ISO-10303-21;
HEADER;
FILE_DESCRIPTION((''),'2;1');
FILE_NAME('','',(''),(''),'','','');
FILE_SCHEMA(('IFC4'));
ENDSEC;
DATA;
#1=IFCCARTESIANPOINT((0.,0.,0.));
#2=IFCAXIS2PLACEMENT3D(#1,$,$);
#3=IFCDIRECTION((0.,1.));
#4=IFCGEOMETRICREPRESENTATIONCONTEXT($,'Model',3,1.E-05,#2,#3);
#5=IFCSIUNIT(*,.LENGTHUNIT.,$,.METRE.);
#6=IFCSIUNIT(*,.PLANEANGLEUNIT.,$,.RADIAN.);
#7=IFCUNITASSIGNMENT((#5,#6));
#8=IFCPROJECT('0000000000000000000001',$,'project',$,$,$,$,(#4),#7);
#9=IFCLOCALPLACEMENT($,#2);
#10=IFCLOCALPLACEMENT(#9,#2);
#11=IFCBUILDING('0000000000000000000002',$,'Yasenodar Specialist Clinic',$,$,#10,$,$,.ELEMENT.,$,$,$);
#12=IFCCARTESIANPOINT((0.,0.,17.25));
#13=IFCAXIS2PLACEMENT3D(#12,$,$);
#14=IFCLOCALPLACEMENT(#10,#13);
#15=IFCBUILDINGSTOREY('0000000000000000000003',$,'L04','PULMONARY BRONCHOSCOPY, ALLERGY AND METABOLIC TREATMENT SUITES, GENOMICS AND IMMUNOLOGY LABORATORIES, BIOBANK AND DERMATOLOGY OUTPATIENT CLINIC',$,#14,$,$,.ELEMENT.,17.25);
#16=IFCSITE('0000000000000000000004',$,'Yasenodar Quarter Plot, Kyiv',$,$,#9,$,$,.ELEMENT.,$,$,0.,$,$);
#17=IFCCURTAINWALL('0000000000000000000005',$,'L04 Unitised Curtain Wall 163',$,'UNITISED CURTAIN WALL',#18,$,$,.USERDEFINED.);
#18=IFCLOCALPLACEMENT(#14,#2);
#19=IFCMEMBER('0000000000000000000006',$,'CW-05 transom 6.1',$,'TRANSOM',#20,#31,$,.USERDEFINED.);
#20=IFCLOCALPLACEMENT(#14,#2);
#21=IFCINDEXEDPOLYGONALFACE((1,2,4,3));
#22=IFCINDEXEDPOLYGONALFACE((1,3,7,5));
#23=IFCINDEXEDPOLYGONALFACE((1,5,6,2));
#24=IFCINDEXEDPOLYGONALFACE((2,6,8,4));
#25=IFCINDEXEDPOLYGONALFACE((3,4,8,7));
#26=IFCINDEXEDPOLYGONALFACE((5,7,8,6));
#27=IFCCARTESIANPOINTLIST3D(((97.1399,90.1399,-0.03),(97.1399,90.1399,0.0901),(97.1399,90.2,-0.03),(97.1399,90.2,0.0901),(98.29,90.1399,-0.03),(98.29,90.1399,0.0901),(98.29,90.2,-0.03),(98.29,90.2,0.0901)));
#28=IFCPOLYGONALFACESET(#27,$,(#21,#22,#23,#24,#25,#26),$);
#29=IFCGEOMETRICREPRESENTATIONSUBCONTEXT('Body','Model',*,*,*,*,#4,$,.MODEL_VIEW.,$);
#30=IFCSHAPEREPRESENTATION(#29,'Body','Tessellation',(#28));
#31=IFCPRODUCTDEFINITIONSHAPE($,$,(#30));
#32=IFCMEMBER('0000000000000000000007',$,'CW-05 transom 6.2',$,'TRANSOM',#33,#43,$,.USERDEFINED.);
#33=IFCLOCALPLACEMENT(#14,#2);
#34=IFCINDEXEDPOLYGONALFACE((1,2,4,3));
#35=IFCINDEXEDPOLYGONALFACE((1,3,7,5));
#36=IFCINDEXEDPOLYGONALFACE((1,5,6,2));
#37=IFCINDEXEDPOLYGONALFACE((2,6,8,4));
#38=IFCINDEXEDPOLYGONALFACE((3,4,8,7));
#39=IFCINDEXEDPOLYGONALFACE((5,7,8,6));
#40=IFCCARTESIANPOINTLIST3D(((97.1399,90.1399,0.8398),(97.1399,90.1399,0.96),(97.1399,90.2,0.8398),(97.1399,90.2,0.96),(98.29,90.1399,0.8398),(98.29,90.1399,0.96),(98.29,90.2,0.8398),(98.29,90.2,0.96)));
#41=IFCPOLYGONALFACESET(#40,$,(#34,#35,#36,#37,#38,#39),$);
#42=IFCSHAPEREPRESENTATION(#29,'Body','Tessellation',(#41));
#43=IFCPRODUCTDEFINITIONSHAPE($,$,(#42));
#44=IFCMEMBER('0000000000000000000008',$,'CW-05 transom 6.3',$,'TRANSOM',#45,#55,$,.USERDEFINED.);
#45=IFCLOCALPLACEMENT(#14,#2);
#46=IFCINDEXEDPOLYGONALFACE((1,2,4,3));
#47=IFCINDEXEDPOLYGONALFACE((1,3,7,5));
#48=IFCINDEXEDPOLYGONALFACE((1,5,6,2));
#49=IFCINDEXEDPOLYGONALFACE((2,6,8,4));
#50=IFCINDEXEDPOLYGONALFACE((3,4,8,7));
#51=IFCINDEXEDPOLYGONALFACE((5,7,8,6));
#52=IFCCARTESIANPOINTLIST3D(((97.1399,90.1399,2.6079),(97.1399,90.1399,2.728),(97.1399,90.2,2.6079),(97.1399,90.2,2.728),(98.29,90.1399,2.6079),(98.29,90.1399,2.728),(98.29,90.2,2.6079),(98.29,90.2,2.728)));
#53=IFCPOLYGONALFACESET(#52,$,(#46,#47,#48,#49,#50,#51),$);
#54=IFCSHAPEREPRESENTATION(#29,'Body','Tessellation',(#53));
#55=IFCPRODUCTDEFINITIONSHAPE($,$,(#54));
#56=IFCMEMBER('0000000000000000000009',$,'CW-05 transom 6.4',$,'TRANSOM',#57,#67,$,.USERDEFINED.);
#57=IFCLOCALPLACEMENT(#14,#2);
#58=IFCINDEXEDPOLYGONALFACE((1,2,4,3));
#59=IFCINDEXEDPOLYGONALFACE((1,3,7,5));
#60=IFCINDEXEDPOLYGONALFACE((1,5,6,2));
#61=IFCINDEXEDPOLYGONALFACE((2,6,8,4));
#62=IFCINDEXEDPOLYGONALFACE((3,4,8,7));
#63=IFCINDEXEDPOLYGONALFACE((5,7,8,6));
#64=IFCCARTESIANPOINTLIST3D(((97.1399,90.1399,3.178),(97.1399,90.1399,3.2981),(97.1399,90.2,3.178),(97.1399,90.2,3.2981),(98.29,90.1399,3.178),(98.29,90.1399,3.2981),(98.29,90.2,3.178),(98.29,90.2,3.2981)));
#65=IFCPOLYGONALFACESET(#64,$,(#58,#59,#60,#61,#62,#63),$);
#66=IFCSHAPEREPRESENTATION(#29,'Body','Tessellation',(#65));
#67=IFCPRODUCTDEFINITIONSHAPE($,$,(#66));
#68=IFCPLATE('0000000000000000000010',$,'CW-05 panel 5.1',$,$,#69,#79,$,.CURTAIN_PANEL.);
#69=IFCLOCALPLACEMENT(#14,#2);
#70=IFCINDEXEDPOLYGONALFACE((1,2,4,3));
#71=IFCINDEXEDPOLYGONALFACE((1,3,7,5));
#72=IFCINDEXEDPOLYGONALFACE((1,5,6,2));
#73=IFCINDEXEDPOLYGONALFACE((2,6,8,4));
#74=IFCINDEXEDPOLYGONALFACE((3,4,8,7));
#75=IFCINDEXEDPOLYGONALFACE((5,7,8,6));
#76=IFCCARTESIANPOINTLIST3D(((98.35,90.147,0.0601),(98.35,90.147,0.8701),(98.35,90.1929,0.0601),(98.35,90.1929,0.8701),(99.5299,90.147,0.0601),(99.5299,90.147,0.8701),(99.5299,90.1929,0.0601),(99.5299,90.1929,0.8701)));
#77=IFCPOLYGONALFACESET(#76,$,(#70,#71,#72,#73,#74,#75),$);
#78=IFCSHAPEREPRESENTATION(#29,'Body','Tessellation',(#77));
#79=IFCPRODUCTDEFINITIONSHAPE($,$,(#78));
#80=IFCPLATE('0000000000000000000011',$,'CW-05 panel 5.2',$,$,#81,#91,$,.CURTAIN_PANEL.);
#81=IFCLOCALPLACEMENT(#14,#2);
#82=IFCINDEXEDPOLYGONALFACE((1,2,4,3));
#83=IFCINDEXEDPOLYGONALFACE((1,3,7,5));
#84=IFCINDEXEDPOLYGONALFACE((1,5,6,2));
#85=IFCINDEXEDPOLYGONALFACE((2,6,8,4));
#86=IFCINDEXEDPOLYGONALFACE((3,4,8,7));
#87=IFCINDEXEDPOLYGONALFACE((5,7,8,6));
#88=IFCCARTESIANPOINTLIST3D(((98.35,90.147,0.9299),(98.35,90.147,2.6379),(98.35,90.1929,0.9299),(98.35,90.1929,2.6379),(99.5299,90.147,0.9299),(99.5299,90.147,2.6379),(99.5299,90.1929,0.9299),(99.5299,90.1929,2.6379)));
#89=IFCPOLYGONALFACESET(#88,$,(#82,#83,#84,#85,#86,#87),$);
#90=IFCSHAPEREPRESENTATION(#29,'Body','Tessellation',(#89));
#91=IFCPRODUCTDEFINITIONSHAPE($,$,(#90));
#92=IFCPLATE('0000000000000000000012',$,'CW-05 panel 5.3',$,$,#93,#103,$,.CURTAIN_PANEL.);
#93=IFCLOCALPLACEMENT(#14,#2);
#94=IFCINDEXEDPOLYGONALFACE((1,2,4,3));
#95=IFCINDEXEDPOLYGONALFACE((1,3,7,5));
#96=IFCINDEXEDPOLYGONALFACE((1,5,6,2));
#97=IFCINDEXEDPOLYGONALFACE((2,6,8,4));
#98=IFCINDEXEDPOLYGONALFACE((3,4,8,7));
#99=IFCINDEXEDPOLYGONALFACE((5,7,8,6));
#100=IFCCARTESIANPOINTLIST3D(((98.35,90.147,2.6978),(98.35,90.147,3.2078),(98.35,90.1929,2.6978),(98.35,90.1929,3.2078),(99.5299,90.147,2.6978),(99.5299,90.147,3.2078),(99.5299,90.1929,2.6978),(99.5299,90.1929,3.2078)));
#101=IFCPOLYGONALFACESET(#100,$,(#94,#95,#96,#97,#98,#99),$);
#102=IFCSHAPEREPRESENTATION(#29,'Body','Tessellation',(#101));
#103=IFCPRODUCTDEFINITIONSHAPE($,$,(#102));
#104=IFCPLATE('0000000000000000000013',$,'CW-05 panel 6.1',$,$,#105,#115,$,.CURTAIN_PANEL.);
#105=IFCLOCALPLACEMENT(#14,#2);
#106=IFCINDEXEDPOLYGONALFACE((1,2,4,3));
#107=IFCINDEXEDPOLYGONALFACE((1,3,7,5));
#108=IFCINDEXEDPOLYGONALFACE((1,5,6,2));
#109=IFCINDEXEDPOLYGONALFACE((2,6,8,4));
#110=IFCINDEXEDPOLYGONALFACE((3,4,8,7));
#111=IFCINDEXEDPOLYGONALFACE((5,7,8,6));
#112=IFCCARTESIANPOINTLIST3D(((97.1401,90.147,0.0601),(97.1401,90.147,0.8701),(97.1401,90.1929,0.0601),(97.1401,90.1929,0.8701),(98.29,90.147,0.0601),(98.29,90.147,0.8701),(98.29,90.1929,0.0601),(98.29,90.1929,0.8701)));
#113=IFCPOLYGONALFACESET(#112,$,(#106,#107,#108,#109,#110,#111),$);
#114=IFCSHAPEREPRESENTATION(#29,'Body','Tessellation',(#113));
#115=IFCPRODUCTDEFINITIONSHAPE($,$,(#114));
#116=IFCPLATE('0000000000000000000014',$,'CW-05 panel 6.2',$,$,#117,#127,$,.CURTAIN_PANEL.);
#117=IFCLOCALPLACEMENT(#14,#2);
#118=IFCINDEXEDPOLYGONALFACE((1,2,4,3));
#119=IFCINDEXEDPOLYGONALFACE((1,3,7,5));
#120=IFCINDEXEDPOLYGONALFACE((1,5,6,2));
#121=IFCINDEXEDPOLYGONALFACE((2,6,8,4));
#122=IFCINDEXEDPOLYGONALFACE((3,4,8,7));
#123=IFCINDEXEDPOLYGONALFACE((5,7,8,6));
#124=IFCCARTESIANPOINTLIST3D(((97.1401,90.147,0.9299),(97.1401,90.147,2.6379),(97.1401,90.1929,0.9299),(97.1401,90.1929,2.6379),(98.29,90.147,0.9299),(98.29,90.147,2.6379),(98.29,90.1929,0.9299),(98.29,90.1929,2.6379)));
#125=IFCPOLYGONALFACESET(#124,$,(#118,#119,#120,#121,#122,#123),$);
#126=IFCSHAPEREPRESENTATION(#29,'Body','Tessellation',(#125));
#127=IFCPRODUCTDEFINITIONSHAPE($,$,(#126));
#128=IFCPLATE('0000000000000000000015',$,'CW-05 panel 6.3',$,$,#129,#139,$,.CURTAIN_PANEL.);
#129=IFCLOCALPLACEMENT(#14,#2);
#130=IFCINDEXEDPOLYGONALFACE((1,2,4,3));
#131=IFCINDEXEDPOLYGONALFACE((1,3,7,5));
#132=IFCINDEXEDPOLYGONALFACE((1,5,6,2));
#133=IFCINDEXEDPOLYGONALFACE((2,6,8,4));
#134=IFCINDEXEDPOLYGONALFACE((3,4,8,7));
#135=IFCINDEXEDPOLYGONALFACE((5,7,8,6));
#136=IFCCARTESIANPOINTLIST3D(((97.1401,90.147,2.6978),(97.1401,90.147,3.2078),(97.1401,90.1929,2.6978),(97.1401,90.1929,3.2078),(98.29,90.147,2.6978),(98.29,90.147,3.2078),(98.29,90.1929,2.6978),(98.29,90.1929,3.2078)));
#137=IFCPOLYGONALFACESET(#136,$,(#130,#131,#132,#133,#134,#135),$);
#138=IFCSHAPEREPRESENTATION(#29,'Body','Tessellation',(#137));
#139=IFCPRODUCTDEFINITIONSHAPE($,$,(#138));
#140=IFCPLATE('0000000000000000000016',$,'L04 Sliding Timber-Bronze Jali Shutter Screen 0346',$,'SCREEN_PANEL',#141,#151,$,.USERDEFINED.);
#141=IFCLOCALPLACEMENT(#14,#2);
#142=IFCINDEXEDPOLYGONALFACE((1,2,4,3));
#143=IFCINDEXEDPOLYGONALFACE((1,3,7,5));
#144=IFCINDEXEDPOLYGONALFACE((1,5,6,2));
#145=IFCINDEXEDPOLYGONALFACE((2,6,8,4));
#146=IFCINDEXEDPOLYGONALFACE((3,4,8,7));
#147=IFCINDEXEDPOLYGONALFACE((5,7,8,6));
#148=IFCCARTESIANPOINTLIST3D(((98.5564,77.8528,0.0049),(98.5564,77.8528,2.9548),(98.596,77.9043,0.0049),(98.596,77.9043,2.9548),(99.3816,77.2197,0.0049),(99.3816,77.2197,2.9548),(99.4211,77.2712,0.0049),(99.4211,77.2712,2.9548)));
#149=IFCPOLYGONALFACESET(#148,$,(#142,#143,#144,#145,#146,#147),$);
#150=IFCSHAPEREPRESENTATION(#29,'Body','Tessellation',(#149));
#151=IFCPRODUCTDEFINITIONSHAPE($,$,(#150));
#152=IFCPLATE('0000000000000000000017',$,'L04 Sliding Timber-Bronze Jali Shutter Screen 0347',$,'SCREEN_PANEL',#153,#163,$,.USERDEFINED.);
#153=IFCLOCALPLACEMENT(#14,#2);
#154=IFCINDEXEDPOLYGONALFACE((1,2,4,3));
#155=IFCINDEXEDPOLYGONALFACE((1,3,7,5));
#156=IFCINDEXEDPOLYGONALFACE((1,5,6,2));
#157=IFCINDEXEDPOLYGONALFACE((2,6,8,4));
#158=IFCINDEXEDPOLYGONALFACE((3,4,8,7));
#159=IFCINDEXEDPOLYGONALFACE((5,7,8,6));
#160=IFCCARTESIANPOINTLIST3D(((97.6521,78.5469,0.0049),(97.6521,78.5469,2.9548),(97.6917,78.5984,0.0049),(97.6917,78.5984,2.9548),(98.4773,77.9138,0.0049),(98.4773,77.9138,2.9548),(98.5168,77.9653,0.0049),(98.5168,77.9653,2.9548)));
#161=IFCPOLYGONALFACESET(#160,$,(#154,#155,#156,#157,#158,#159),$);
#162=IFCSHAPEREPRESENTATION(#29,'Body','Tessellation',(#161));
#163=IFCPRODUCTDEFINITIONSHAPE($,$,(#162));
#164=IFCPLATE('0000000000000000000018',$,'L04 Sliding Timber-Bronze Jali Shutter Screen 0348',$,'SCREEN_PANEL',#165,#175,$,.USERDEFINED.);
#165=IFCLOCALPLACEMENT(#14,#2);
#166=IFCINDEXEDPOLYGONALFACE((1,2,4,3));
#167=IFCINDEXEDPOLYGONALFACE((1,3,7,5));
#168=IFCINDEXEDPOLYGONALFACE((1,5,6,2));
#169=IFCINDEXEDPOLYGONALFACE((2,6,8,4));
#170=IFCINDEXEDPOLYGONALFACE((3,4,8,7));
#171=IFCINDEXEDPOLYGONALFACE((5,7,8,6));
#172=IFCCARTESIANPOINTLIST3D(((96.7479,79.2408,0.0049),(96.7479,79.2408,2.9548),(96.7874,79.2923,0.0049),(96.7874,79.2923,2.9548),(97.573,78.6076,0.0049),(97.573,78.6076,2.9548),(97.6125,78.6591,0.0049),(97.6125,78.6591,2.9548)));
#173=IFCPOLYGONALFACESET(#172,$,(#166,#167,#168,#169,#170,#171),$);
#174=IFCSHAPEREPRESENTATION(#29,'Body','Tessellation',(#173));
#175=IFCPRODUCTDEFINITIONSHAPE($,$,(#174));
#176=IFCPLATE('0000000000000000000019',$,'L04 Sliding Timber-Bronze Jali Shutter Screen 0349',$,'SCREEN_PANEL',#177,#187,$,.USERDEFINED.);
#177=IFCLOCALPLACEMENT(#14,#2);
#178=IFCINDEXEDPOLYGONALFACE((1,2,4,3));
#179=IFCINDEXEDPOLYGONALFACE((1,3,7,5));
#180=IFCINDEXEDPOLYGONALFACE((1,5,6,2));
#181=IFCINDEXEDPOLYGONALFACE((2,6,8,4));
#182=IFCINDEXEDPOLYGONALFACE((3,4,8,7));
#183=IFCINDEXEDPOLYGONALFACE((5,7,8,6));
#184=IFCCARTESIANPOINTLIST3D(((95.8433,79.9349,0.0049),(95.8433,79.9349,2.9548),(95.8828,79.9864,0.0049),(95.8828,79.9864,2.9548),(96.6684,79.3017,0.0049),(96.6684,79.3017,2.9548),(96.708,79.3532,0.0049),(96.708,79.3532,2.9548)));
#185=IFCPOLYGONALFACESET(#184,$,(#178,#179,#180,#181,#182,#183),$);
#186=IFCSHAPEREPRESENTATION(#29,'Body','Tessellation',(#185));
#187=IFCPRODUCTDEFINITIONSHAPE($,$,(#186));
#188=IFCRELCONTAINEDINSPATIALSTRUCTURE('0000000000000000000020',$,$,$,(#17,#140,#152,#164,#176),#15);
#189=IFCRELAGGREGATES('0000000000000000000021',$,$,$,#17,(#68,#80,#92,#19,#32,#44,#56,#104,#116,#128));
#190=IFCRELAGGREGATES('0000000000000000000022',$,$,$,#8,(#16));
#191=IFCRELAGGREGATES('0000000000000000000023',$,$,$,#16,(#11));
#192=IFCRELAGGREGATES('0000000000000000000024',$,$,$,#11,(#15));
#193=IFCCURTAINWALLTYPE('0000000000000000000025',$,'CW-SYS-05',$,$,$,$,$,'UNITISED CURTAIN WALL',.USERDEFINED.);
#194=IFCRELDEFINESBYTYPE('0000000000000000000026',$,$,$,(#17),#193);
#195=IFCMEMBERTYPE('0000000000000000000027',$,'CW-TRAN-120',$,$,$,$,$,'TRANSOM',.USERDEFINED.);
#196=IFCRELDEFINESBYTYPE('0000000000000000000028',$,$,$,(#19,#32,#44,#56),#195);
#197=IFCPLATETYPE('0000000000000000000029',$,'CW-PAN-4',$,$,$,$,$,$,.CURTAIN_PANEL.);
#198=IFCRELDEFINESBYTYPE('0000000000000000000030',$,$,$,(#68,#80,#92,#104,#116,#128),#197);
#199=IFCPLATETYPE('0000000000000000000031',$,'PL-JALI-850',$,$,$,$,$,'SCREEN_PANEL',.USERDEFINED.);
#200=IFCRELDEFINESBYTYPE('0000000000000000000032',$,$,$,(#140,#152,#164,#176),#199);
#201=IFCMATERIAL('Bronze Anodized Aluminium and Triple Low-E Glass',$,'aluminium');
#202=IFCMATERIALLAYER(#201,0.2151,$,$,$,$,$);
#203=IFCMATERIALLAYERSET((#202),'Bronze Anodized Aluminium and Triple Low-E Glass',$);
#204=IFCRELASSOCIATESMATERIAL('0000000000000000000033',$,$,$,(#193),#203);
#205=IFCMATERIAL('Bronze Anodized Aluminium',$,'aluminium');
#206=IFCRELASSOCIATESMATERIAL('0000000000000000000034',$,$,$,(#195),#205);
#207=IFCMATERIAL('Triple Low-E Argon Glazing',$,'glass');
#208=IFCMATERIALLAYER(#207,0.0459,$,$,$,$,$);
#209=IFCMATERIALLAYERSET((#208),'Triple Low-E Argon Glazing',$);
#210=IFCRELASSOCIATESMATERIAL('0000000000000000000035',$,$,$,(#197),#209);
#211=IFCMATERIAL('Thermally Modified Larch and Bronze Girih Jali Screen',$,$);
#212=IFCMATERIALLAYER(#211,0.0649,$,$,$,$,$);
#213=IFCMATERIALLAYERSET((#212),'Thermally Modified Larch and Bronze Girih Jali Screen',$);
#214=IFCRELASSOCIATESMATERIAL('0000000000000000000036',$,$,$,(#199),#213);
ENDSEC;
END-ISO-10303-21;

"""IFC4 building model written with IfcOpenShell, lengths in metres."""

from ifc_helpers import new_model, si_unit, direction, frame, origin, origin_2d, place, context, subcontext, project, spatial, rectangle, extrude, material, layer, layer_set, material_profile, profile_set, type_object, element, aggregate, save


model = new_model("IFC4")

# Units and contexts
model_context = context("Model", 3, precision=1e-05, world=origin(), true_north=direction((0.0, 1.0)))
body_context = subcontext(model_context, "Body", "Model", "MODEL_VIEW")
ifc_project = project(units=[si_unit("LENGTHUNIT", "METRE"), si_unit("PLANEANGLEUNIT", "RADIAN")], contexts=[model_context])

# Site, building, storey
site_placement = place(None, origin())
site = spatial("IfcSite", under=ifc_project, at=site_placement, Name="Yasenodar Quarter Plot, Kyiv", CompositionType="ELEMENT", RefElevation=0.0)
building_placement = place(site_placement, origin())
building = spatial("IfcBuilding", under=site, at=building_placement, Name="Yasenodar Specialist Clinic", CompositionType="ELEMENT")
storey_placement = place(building_placement, frame((0.0, 0.0, 17.25)))
storey = spatial("IfcBuildingStorey", under=building, at=storey_placement, Name="L04", Description="PULMONARY BRONCHOSCOPY, ALLERGY AND METABOLIC TREATMENT SUITES, GENOMICS AND IMMUNOLOGY LABORATORIES, BIOBANK AND DERMATOLOGY OUTPATIENT CLINIC", CompositionType="ELEMENT", Elevation=17.25)

# Curtain wall, members, plates
ifc_material_1 = material(Name="Bronze Anodized Aluminium and Triple Low-E Glass", Category="aluminium")
ifc_layer_1 = layer(ifc_material_1, 0.2151)
ifc_layer_set_1 = layer_set([ifc_layer_1], Name="Bronze Anodized Aluminium and Triple Low-E Glass")
curtain_wall_type = type_object("IfcCurtainWallType", Name="CW-SYS-05", ElementType="UNITISED CURTAIN WALL", PredefinedType="USERDEFINED", material=ifc_layer_set_1)
curtain_wall_placement = place(storey_placement, origin())
curtain_wall = element("IfcCurtainWall", 1, at=curtain_wall_placement, inside=storey, type_object=curtain_wall_type, Name="L04 Unitised Curtain Wall 163", ObjectType="UNITISED CURTAIN WALL", PredefinedType="USERDEFINED")
ifc_material_2 = material(Name="Bronze Anodized Aluminium", Category="aluminium")
ifc_material_profile_1 = material_profile(ifc_material_2, rectangle(XDim=0.0601, YDim=0.1201, at=origin_2d()), Name="CW-TRAN 60x120")
ifc_profile_set_1 = profile_set([ifc_material_profile_1], Name="Bronze Anodized Aluminium")
member_type_1 = type_object("IfcMemberType", Name="CW-TRAN-120", ElementType="TRANSOM", PredefinedType="USERDEFINED", material=ifc_profile_set_1)
member_1_placement = place(storey_placement, frame((98.29, 90.1699, 0.03), z_axis=(-1.0, 0.0, 0.0), x_axis=(0.0, -1.0, 0.0)))
member_1 = element("IfcMember", 2, at=member_1_placement, type_object=member_type_1, Name="CW-05 transom 6.1", ObjectType="TRANSOM", PredefinedType="USERDEFINED", context=body_context, shape_type="SweptSolid", body=[
    extrude(rectangle(XDim=0.0601, YDim=0.1201, at=origin_2d()), origin(), (0.0, 0.0, 1.0), 1.1501),
])
member_2_placement = place(storey_placement, frame((98.29, 90.1699, 0.8999), z_axis=(-1.0, 0.0, 0.0), x_axis=(0.0, -1.0, 0.0)))
member_2 = element("IfcMember", 3, at=member_2_placement, type_object=member_type_1, Name="CW-05 transom 6.2", ObjectType="TRANSOM", PredefinedType="USERDEFINED", context=body_context, shape_type="SweptSolid", body=[
    extrude(rectangle(XDim=0.0601, YDim=0.1201, at=origin_2d()), origin(), (0.0, 0.0, 1.0), 1.1501),
])
member_3_placement = place(storey_placement, frame((98.29, 90.1699, 2.668), z_axis=(-1.0, 0.0, 0.0), x_axis=(0.0, -1.0, 0.0)))
member_3 = element("IfcMember", 4, at=member_3_placement, type_object=member_type_1, Name="CW-05 transom 6.3", ObjectType="TRANSOM", PredefinedType="USERDEFINED", context=body_context, shape_type="SweptSolid", body=[
    extrude(rectangle(XDim=0.0601, YDim=0.1201, at=origin_2d()), origin(), (0.0, 0.0, 1.0), 1.1501),
])
member_4_placement = place(storey_placement, frame((98.29, 90.1699, 3.238), z_axis=(-1.0, 0.0, 0.0), x_axis=(0.0, -1.0, 0.0)))
member_4 = element("IfcMember", 5, at=member_4_placement, type_object=member_type_1, Name="CW-05 transom 6.4", ObjectType="TRANSOM", PredefinedType="USERDEFINED", context=body_context, shape_type="SweptSolid", body=[
    extrude(rectangle(XDim=0.0601, YDim=0.1201, at=origin_2d()), origin(), (0.0, 0.0, 1.0), 1.1501),
])
ifc_material_3 = material(Name="Triple Low-E Argon Glazing", Category="glass")
ifc_layer_2 = layer(ifc_material_3, 0.0459)
ifc_layer_set_2 = layer_set([ifc_layer_2], Name="Triple Low-E Argon Glazing")
plate_type_1 = type_object("IfcPlateType", Name="CW-PAN-4", PredefinedType="CURTAIN_PANEL", material=ifc_layer_set_2)
plate_1_placement = place(storey_placement, frame((98.9399, 90.1699, 0.0601), z_axis=(0.0, 0.0, 1.0), x_axis=(-1.0, 0.0, 0.0)))
plate_1 = element("IfcPlate", 6, at=plate_1_placement, type_object=plate_type_1, Name="CW-05 panel 5.1", PredefinedType="CURTAIN_PANEL", context=body_context, shape_type="SweptSolid", body=[
    extrude(rectangle(XDim=1.1799, YDim=0.0459, at=origin_2d()), origin(), (0.0, 0.0, 1.0), 0.8101),
])
plate_2_placement = place(storey_placement, frame((98.9399, 90.1699, 0.9299), z_axis=(0.0, 0.0, 1.0), x_axis=(-1.0, 0.0, 0.0)))
plate_2 = element("IfcPlate", 7, at=plate_2_placement, type_object=plate_type_1, Name="CW-05 panel 5.2", PredefinedType="CURTAIN_PANEL", context=body_context, shape_type="SweptSolid", body=[
    extrude(rectangle(XDim=1.1799, YDim=0.0459, at=origin_2d()), origin(), (0.0, 0.0, 1.0), 1.708),
])
plate_3_placement = place(storey_placement, frame((98.9399, 90.1699, 2.6978), z_axis=(0.0, 0.0, 1.0), x_axis=(-1.0, 0.0, 0.0)))
plate_3 = element("IfcPlate", 8, at=plate_3_placement, type_object=plate_type_1, Name="CW-05 panel 5.3", PredefinedType="CURTAIN_PANEL", context=body_context, shape_type="SweptSolid", body=[
    extrude(rectangle(XDim=1.1799, YDim=0.0459, at=origin_2d()), origin(), (0.0, 0.0, 1.0), 0.51),
])
plate_4_placement = place(storey_placement, frame((97.7151, 90.1699, 0.0601), z_axis=(0.0, 0.0, 1.0), x_axis=(-1.0, 0.0, 0.0)))
plate_4 = element("IfcPlate", 9, at=plate_4_placement, type_object=plate_type_1, Name="CW-05 panel 6.1", PredefinedType="CURTAIN_PANEL", context=body_context, shape_type="SweptSolid", body=[
    extrude(rectangle(XDim=1.1499, YDim=0.0459, at=origin_2d()), origin(), (0.0, 0.0, 1.0), 0.8101),
])
plate_5_placement = place(storey_placement, frame((97.7151, 90.1699, 0.9299), z_axis=(0.0, 0.0, 1.0), x_axis=(-1.0, 0.0, 0.0)))
plate_5 = element("IfcPlate", 10, at=plate_5_placement, type_object=plate_type_1, Name="CW-05 panel 6.2", PredefinedType="CURTAIN_PANEL", context=body_context, shape_type="SweptSolid", body=[
    extrude(rectangle(XDim=1.1499, YDim=0.0459, at=origin_2d()), origin(), (0.0, 0.0, 1.0), 1.708),
])
plate_6_placement = place(storey_placement, frame((97.7151, 90.1699, 2.6978), z_axis=(0.0, 0.0, 1.0), x_axis=(-1.0, 0.0, 0.0)))
plate_6 = element("IfcPlate", 11, at=plate_6_placement, type_object=plate_type_1, Name="CW-05 panel 6.3", PredefinedType="CURTAIN_PANEL", context=body_context, shape_type="SweptSolid", body=[
    extrude(rectangle(XDim=1.1499, YDim=0.0459, at=origin_2d()), origin(), (0.0, 0.0, 1.0), 0.51),
])
aggregate(curtain_wall, [plate_1, plate_2, plate_3, member_1, member_2, member_3, member_4, plate_4, plate_5, plate_6])

# Plates
ifc_material_4 = material(Name="Thermally Modified Larch and Bronze Girih Jali Screen")
ifc_layer_3 = layer(ifc_material_4, 0.0649)
ifc_layer_set_3 = layer_set([ifc_layer_3], Name="Thermally Modified Larch and Bronze Girih Jali Screen")
plate_type_2 = type_object("IfcPlateType", Name="PL-JALI-850", ElementType="SCREEN_PANEL", PredefinedType="USERDEFINED", material=ifc_layer_set_3)
for number, where, z_axis, x_axis, name in (
    (12, (98.9888, 77.562, 0.0049), (0.0, 0.0, 1.0), (-0.793351, 0.608764, 0.0), "L04 Sliding Timber-Bronze Jali Shutter Screen 0346"),
    (13, (98.0845, 78.2561, 0.0049), (0.0, 0.0, 1.0), (-0.793351, 0.608764, 0.0), "L04 Sliding Timber-Bronze Jali Shutter Screen 0347"),
    (14, (97.1802, 78.95, 0.0049), (0.0, 0.0, 1.0), (-0.793351, 0.608764, 0.0), "L04 Sliding Timber-Bronze Jali Shutter Screen 0348"),
    (15, (96.2756, 79.644, 0.0049), (0.0, 0.0, 1.0), (-0.793351, 0.608764, 0.0), "L04 Sliding Timber-Bronze Jali Shutter Screen 0349"),
):
    element("IfcPlate", number, at=place(storey_placement, frame(where, z_axis=z_axis, x_axis=x_axis)), inside=storey, type_object=plate_type_2, Name=name, ObjectType="SCREEN_PANEL", PredefinedType="USERDEFINED", context=body_context, shape_type="SweptSolid", body=[
        extrude(rectangle(XDim=1.04, YDim=0.0649, at=origin_2d()), origin(), (0.0, 0.0, 1.0), 2.95),
    ])

save(model, "model.ifc")
